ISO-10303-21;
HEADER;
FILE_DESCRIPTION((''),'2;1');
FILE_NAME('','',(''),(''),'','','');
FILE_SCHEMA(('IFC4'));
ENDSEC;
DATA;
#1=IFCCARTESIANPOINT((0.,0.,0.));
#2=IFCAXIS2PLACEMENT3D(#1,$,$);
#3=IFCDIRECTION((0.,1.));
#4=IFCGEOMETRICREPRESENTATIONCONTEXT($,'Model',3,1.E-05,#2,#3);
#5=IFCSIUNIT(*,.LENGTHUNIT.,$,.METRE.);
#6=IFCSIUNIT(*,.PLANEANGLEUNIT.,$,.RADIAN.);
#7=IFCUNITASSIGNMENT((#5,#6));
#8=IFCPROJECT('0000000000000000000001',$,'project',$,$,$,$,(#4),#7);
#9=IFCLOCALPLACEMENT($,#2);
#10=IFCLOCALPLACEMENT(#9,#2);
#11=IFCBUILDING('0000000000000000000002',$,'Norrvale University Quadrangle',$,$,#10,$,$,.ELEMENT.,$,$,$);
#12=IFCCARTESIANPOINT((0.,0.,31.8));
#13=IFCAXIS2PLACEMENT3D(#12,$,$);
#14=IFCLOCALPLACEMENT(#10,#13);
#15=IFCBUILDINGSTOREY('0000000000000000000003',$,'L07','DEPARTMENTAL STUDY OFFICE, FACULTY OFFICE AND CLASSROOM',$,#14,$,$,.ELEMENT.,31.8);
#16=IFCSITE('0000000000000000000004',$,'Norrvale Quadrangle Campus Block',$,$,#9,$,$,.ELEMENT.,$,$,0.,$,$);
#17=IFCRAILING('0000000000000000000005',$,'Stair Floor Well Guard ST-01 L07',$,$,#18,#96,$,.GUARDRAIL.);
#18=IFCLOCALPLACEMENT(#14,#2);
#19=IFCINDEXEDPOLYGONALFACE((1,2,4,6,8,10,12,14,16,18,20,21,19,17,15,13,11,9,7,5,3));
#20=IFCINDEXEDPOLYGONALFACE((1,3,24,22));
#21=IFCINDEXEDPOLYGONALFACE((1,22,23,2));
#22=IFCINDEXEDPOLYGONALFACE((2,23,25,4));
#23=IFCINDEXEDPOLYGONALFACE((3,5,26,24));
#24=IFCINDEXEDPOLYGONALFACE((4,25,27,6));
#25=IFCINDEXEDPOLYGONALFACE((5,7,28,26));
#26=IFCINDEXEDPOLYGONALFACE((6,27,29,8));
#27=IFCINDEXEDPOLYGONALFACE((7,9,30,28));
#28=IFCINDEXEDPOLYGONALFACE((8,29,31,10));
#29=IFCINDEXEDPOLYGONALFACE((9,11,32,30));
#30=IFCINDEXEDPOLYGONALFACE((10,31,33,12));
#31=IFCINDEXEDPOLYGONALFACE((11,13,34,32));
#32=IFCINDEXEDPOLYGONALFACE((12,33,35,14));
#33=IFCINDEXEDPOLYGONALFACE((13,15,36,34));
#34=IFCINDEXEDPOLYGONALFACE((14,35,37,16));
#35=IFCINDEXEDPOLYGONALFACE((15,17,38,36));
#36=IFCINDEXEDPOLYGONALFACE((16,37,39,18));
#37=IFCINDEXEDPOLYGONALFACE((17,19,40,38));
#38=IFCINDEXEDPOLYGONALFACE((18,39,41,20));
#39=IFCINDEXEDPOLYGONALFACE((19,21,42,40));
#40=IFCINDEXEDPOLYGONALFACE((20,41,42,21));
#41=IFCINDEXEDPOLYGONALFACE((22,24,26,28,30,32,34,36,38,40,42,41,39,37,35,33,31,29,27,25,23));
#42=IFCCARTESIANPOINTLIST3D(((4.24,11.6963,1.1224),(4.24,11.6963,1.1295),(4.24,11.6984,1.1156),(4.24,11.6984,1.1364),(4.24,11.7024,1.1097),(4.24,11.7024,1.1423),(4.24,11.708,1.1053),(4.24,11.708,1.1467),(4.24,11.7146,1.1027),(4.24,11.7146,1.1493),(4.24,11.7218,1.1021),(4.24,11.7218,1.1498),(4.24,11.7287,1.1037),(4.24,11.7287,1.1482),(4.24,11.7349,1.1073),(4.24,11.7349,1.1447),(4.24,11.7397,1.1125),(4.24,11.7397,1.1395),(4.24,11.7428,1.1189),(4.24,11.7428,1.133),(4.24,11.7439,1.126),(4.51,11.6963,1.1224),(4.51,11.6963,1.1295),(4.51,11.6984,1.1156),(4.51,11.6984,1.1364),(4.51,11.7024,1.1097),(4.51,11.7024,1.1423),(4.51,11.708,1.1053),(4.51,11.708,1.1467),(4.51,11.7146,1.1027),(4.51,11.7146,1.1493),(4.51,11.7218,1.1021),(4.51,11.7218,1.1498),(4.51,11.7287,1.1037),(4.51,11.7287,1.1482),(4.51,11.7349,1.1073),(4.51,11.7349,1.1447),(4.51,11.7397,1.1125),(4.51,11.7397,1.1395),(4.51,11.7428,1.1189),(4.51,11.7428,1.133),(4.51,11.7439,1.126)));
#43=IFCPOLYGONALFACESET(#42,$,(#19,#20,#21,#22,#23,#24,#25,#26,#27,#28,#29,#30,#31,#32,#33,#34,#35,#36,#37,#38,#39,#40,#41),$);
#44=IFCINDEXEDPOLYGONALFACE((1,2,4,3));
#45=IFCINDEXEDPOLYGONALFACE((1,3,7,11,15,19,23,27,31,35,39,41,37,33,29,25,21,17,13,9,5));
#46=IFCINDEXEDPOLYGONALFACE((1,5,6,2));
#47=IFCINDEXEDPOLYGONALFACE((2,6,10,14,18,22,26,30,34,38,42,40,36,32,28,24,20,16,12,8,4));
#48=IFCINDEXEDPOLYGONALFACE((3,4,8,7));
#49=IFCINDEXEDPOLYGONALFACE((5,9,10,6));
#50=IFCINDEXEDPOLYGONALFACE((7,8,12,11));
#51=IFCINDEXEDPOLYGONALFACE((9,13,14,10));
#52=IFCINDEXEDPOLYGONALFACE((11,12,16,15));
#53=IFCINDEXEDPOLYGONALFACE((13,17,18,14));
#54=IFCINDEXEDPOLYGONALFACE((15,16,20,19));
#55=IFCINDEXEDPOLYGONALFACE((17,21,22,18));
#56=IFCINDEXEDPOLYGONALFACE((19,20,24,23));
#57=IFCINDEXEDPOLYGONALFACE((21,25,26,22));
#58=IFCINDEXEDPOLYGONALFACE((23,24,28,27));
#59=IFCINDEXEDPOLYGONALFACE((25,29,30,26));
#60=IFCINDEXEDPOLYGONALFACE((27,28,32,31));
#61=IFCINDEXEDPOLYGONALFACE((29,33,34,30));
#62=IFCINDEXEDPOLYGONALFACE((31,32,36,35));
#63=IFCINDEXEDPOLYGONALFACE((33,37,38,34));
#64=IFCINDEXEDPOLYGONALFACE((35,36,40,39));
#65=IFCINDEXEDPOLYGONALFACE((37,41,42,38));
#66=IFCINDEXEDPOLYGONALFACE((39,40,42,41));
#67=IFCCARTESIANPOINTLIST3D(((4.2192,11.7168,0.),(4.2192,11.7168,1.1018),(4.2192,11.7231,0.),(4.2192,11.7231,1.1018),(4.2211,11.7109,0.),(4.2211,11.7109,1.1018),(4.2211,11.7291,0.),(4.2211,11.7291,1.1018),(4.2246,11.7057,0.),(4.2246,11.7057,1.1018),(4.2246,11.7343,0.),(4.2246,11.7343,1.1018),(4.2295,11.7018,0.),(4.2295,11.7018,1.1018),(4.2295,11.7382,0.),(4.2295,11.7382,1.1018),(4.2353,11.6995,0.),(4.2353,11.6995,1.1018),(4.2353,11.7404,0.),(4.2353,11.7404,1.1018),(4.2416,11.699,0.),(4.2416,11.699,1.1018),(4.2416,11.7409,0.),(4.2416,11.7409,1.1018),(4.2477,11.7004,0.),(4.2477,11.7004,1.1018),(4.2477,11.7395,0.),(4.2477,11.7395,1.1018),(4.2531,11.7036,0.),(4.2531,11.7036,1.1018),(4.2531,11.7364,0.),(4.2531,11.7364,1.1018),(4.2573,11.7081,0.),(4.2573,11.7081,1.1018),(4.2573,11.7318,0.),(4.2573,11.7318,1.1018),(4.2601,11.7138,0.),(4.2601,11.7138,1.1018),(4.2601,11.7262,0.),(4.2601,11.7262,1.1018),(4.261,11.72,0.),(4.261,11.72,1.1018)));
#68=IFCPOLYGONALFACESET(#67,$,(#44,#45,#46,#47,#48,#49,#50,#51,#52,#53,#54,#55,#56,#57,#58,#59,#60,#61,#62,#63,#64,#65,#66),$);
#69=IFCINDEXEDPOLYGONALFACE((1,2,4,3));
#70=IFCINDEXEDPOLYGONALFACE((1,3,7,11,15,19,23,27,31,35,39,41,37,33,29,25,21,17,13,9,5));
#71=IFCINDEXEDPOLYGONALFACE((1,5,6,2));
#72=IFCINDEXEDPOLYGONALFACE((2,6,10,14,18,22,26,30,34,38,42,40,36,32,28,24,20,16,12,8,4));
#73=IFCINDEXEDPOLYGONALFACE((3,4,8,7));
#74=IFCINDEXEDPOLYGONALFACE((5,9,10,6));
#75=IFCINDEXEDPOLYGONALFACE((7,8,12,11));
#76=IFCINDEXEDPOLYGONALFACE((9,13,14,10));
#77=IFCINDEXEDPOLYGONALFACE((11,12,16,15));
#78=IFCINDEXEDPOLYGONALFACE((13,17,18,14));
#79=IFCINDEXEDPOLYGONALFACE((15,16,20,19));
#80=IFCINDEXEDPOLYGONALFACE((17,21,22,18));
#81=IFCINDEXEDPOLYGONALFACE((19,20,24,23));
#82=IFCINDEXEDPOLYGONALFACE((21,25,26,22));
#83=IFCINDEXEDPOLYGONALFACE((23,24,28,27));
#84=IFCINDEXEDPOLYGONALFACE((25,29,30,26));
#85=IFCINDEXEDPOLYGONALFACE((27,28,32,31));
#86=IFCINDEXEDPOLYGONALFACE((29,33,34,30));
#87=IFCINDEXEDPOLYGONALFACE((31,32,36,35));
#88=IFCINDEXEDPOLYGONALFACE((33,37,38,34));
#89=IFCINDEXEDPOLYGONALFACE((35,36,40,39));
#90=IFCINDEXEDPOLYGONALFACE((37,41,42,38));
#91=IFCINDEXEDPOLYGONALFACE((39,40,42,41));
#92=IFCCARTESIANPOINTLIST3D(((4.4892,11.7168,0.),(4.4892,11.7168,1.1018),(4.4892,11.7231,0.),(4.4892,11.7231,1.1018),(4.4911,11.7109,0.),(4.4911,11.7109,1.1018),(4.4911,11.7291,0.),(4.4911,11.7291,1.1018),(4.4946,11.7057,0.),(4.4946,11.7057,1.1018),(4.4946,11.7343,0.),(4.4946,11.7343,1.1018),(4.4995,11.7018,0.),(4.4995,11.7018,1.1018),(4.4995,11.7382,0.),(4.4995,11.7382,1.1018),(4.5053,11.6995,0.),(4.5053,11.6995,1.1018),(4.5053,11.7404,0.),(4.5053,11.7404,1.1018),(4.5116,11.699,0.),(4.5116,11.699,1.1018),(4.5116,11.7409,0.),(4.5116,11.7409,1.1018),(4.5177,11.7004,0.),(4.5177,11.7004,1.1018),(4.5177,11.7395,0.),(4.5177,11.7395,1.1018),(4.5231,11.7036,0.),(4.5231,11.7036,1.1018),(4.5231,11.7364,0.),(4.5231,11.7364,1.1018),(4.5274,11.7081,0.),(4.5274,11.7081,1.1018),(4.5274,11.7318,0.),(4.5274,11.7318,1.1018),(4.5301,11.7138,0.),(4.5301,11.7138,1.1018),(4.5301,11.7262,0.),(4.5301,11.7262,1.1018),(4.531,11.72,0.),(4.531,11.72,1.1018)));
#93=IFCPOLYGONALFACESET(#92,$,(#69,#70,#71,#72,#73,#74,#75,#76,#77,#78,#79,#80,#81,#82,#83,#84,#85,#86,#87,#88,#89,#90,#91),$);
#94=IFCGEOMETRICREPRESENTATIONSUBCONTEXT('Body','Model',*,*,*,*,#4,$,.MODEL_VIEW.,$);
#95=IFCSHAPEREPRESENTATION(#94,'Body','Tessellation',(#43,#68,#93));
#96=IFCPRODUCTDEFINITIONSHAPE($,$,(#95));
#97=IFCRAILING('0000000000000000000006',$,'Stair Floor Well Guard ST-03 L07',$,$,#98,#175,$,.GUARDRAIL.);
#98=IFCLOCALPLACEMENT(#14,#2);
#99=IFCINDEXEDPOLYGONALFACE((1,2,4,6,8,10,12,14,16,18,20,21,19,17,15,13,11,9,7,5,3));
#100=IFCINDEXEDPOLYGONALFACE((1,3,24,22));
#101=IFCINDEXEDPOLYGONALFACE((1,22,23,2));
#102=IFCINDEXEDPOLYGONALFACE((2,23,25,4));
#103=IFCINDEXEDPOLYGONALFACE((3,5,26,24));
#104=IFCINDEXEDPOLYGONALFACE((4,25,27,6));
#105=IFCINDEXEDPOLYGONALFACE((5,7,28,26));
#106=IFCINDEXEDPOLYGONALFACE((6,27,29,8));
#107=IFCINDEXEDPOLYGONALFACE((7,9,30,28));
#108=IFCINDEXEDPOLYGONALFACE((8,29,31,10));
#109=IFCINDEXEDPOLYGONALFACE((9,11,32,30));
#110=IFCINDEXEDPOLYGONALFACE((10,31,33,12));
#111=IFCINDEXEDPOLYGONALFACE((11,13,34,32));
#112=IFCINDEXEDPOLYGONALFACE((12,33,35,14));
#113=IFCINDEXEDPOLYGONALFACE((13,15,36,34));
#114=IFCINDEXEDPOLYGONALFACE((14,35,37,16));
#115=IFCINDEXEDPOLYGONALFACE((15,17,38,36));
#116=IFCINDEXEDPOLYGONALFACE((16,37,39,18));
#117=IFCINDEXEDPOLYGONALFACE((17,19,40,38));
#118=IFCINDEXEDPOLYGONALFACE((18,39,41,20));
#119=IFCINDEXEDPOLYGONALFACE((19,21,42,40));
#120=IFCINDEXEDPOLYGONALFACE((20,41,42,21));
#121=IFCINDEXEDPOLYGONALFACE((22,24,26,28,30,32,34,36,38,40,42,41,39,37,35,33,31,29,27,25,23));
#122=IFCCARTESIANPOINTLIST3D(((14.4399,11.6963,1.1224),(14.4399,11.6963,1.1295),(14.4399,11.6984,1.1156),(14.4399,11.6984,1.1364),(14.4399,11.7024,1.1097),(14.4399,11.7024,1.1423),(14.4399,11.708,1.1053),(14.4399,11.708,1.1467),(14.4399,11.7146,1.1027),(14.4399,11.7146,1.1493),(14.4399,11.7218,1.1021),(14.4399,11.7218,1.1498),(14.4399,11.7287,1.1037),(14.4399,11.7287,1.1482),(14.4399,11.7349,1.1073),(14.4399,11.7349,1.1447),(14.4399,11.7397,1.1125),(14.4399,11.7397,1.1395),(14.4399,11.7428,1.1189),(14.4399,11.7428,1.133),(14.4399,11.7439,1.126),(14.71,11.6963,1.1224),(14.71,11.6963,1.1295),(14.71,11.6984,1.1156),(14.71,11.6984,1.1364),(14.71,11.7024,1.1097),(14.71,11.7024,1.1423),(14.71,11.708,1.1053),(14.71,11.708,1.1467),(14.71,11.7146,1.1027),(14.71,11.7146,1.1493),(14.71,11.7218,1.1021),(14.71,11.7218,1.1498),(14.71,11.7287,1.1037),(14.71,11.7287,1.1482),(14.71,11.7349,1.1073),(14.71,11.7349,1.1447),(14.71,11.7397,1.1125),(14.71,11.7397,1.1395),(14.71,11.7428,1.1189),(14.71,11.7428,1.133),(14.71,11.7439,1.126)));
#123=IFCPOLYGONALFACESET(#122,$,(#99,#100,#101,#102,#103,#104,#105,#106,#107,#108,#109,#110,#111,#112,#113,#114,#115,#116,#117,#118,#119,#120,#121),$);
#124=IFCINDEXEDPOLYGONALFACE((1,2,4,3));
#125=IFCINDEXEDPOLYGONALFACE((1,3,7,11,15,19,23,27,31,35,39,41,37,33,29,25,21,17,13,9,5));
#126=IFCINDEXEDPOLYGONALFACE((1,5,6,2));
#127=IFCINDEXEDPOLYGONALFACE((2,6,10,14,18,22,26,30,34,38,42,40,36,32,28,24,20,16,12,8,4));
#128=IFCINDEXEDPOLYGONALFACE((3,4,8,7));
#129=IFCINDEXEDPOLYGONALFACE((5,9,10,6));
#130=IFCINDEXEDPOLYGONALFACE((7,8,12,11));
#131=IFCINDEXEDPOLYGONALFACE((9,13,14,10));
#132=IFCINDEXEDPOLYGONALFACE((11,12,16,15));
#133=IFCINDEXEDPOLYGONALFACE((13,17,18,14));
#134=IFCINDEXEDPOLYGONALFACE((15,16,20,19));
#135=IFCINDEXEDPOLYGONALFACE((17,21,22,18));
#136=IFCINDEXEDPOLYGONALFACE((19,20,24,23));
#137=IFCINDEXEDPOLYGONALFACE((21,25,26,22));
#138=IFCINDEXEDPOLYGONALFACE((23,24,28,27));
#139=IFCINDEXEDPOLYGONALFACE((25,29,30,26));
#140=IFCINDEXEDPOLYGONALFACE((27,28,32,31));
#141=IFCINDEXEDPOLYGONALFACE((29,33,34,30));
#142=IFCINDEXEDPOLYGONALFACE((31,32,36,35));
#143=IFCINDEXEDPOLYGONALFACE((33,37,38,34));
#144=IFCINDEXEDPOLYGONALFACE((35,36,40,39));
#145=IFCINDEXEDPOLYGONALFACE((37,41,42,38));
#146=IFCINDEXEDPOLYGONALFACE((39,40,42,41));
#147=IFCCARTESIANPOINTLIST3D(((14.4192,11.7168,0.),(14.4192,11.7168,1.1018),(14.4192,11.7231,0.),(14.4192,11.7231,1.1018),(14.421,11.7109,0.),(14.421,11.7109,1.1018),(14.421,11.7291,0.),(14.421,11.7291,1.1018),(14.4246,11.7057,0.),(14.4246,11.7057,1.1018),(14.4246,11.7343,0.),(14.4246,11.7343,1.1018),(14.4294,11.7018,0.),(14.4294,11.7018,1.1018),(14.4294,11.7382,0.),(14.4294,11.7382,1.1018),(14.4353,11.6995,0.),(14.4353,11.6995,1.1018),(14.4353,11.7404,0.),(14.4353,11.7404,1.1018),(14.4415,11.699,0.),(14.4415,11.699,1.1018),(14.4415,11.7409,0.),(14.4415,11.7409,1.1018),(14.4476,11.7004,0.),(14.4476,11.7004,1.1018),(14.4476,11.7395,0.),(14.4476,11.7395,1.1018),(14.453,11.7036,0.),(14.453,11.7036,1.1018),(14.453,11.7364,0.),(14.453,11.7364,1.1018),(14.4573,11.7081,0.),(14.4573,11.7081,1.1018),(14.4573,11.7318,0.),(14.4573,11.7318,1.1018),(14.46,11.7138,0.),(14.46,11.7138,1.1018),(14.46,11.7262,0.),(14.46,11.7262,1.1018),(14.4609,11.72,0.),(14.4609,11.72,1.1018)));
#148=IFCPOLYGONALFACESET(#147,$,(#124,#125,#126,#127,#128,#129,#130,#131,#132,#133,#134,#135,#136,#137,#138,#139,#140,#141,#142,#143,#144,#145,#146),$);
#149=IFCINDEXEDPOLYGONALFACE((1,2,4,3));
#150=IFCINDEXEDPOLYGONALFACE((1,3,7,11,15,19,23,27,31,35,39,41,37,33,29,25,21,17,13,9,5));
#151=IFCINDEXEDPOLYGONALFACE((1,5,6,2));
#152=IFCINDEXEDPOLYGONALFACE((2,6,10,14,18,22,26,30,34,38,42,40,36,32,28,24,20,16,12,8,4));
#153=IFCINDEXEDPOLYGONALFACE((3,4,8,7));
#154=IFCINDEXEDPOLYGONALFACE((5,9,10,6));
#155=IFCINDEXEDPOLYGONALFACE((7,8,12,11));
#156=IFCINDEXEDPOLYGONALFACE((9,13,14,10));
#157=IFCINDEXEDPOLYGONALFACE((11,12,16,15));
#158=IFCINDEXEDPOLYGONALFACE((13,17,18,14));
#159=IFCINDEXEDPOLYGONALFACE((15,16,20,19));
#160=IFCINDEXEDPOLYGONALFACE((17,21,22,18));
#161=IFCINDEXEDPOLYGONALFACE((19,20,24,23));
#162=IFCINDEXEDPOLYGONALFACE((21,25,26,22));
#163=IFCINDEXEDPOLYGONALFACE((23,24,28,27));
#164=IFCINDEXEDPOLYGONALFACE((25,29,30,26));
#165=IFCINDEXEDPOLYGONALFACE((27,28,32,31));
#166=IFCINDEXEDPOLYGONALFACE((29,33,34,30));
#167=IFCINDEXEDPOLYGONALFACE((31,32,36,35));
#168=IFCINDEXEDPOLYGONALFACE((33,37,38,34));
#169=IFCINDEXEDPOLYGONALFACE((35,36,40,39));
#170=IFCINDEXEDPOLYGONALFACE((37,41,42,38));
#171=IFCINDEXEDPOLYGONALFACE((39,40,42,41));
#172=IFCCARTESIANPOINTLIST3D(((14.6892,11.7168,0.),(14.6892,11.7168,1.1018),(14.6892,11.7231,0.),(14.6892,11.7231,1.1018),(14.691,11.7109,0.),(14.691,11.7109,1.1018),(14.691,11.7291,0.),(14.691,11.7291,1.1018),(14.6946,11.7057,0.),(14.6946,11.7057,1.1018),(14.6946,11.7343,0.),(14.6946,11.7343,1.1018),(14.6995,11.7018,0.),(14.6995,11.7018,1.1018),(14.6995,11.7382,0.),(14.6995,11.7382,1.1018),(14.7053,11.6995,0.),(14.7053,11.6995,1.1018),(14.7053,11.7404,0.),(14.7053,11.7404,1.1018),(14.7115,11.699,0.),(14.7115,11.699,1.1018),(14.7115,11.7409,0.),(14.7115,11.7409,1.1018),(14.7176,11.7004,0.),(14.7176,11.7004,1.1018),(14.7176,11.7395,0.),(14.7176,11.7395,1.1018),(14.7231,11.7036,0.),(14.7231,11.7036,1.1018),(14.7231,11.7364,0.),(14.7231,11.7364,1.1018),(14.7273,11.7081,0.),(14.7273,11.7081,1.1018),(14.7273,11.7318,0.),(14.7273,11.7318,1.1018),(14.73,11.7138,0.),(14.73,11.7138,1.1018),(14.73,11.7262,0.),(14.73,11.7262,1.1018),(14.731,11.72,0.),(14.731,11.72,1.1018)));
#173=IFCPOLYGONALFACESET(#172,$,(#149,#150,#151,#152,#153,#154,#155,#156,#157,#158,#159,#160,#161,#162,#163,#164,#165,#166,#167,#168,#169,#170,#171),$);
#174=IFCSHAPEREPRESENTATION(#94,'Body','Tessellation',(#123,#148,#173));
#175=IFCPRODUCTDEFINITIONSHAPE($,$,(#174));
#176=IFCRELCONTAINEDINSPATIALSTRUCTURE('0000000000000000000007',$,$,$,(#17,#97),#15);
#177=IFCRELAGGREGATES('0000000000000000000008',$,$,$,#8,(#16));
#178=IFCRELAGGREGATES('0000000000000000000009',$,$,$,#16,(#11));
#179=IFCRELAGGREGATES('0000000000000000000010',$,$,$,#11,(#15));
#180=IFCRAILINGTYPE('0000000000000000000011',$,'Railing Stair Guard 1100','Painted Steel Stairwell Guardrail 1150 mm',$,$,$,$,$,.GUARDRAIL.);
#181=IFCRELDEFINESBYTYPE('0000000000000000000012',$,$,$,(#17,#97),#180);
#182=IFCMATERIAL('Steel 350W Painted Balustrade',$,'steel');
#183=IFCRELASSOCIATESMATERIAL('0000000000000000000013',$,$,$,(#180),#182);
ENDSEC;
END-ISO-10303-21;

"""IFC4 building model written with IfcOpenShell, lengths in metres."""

from ifc_helpers import new_model, si_unit, direction, frame, origin, origin_2d, place, context, subcontext, project, spatial, circle, extrude, material, type_object, element, save


model = new_model("IFC4")

# Units and contexts
model_context = context("Model", 3, precision=1e-05, world=origin(), true_north=direction((0.0, 1.0)))
body_context = subcontext(model_context, "Body", "Model", "MODEL_VIEW")
ifc_project = project(units=[si_unit("LENGTHUNIT", "METRE"), si_unit("PLANEANGLEUNIT", "RADIAN")], contexts=[model_context])

# Site, building, storey
site_placement = place(None, origin())
site = spatial("IfcSite", under=ifc_project, at=site_placement, Name="Norrvale Quadrangle Campus Block", CompositionType="ELEMENT", RefElevation=0.0)
building_placement = place(site_placement, origin())
building = spatial("IfcBuilding", under=site, at=building_placement, Name="Norrvale University Quadrangle", CompositionType="ELEMENT")
storey_placement = place(building_placement, frame((0.0, 0.0, 31.8)))
storey = spatial("IfcBuildingStorey", under=building, at=storey_placement, Name="L07", Description="DEPARTMENTAL STUDY OFFICE, FACULTY OFFICE AND CLASSROOM", CompositionType="ELEMENT", Elevation=31.8)

# Railings
ifc_material_1 = material(Name="Steel 350W Painted Balustrade", Category="steel")
railing_type_1 = type_object("IfcRailingType", Name="Railing Stair Guard 1100", Description="Painted Steel Stairwell Guardrail 1150 mm", PredefinedType="GUARDRAIL", material=ifc_material_1)
for number, where, name in (
    (1, (4.24, 11.72, 0.0), "Stair Floor Well Guard ST-01 L07"),
    (2, (14.4399, 11.72, 0.0), "Stair Floor Well Guard ST-03 L07"),
):
    element("IfcRailing", number, at=place(storey_placement, frame(where)), inside=storey, type_object=railing_type_1, Name=name, PredefinedType="GUARDRAIL", context=body_context, shape_type="SweptSolid", body=[
        extrude(circle(Radius=0.0239, at=origin_2d()), frame((0.0, 0.0, 1.126), z_axis=(1.0, 0.0, 0.0), x_axis=(0.0, 1.0, 0.0)), (0.0, 0.0, 1.0), 0.27),
        extrude(circle(Radius=0.021, at=origin_2d()), origin(), (0.0, 0.0, 1.0), 1.1018),
        extrude(circle(Radius=0.021, at=origin_2d()), frame((0.27, 0.0, 0.0)), (0.0, 0.0, 1.0), 1.1018),
    ])

save(model, "model.ifc")
